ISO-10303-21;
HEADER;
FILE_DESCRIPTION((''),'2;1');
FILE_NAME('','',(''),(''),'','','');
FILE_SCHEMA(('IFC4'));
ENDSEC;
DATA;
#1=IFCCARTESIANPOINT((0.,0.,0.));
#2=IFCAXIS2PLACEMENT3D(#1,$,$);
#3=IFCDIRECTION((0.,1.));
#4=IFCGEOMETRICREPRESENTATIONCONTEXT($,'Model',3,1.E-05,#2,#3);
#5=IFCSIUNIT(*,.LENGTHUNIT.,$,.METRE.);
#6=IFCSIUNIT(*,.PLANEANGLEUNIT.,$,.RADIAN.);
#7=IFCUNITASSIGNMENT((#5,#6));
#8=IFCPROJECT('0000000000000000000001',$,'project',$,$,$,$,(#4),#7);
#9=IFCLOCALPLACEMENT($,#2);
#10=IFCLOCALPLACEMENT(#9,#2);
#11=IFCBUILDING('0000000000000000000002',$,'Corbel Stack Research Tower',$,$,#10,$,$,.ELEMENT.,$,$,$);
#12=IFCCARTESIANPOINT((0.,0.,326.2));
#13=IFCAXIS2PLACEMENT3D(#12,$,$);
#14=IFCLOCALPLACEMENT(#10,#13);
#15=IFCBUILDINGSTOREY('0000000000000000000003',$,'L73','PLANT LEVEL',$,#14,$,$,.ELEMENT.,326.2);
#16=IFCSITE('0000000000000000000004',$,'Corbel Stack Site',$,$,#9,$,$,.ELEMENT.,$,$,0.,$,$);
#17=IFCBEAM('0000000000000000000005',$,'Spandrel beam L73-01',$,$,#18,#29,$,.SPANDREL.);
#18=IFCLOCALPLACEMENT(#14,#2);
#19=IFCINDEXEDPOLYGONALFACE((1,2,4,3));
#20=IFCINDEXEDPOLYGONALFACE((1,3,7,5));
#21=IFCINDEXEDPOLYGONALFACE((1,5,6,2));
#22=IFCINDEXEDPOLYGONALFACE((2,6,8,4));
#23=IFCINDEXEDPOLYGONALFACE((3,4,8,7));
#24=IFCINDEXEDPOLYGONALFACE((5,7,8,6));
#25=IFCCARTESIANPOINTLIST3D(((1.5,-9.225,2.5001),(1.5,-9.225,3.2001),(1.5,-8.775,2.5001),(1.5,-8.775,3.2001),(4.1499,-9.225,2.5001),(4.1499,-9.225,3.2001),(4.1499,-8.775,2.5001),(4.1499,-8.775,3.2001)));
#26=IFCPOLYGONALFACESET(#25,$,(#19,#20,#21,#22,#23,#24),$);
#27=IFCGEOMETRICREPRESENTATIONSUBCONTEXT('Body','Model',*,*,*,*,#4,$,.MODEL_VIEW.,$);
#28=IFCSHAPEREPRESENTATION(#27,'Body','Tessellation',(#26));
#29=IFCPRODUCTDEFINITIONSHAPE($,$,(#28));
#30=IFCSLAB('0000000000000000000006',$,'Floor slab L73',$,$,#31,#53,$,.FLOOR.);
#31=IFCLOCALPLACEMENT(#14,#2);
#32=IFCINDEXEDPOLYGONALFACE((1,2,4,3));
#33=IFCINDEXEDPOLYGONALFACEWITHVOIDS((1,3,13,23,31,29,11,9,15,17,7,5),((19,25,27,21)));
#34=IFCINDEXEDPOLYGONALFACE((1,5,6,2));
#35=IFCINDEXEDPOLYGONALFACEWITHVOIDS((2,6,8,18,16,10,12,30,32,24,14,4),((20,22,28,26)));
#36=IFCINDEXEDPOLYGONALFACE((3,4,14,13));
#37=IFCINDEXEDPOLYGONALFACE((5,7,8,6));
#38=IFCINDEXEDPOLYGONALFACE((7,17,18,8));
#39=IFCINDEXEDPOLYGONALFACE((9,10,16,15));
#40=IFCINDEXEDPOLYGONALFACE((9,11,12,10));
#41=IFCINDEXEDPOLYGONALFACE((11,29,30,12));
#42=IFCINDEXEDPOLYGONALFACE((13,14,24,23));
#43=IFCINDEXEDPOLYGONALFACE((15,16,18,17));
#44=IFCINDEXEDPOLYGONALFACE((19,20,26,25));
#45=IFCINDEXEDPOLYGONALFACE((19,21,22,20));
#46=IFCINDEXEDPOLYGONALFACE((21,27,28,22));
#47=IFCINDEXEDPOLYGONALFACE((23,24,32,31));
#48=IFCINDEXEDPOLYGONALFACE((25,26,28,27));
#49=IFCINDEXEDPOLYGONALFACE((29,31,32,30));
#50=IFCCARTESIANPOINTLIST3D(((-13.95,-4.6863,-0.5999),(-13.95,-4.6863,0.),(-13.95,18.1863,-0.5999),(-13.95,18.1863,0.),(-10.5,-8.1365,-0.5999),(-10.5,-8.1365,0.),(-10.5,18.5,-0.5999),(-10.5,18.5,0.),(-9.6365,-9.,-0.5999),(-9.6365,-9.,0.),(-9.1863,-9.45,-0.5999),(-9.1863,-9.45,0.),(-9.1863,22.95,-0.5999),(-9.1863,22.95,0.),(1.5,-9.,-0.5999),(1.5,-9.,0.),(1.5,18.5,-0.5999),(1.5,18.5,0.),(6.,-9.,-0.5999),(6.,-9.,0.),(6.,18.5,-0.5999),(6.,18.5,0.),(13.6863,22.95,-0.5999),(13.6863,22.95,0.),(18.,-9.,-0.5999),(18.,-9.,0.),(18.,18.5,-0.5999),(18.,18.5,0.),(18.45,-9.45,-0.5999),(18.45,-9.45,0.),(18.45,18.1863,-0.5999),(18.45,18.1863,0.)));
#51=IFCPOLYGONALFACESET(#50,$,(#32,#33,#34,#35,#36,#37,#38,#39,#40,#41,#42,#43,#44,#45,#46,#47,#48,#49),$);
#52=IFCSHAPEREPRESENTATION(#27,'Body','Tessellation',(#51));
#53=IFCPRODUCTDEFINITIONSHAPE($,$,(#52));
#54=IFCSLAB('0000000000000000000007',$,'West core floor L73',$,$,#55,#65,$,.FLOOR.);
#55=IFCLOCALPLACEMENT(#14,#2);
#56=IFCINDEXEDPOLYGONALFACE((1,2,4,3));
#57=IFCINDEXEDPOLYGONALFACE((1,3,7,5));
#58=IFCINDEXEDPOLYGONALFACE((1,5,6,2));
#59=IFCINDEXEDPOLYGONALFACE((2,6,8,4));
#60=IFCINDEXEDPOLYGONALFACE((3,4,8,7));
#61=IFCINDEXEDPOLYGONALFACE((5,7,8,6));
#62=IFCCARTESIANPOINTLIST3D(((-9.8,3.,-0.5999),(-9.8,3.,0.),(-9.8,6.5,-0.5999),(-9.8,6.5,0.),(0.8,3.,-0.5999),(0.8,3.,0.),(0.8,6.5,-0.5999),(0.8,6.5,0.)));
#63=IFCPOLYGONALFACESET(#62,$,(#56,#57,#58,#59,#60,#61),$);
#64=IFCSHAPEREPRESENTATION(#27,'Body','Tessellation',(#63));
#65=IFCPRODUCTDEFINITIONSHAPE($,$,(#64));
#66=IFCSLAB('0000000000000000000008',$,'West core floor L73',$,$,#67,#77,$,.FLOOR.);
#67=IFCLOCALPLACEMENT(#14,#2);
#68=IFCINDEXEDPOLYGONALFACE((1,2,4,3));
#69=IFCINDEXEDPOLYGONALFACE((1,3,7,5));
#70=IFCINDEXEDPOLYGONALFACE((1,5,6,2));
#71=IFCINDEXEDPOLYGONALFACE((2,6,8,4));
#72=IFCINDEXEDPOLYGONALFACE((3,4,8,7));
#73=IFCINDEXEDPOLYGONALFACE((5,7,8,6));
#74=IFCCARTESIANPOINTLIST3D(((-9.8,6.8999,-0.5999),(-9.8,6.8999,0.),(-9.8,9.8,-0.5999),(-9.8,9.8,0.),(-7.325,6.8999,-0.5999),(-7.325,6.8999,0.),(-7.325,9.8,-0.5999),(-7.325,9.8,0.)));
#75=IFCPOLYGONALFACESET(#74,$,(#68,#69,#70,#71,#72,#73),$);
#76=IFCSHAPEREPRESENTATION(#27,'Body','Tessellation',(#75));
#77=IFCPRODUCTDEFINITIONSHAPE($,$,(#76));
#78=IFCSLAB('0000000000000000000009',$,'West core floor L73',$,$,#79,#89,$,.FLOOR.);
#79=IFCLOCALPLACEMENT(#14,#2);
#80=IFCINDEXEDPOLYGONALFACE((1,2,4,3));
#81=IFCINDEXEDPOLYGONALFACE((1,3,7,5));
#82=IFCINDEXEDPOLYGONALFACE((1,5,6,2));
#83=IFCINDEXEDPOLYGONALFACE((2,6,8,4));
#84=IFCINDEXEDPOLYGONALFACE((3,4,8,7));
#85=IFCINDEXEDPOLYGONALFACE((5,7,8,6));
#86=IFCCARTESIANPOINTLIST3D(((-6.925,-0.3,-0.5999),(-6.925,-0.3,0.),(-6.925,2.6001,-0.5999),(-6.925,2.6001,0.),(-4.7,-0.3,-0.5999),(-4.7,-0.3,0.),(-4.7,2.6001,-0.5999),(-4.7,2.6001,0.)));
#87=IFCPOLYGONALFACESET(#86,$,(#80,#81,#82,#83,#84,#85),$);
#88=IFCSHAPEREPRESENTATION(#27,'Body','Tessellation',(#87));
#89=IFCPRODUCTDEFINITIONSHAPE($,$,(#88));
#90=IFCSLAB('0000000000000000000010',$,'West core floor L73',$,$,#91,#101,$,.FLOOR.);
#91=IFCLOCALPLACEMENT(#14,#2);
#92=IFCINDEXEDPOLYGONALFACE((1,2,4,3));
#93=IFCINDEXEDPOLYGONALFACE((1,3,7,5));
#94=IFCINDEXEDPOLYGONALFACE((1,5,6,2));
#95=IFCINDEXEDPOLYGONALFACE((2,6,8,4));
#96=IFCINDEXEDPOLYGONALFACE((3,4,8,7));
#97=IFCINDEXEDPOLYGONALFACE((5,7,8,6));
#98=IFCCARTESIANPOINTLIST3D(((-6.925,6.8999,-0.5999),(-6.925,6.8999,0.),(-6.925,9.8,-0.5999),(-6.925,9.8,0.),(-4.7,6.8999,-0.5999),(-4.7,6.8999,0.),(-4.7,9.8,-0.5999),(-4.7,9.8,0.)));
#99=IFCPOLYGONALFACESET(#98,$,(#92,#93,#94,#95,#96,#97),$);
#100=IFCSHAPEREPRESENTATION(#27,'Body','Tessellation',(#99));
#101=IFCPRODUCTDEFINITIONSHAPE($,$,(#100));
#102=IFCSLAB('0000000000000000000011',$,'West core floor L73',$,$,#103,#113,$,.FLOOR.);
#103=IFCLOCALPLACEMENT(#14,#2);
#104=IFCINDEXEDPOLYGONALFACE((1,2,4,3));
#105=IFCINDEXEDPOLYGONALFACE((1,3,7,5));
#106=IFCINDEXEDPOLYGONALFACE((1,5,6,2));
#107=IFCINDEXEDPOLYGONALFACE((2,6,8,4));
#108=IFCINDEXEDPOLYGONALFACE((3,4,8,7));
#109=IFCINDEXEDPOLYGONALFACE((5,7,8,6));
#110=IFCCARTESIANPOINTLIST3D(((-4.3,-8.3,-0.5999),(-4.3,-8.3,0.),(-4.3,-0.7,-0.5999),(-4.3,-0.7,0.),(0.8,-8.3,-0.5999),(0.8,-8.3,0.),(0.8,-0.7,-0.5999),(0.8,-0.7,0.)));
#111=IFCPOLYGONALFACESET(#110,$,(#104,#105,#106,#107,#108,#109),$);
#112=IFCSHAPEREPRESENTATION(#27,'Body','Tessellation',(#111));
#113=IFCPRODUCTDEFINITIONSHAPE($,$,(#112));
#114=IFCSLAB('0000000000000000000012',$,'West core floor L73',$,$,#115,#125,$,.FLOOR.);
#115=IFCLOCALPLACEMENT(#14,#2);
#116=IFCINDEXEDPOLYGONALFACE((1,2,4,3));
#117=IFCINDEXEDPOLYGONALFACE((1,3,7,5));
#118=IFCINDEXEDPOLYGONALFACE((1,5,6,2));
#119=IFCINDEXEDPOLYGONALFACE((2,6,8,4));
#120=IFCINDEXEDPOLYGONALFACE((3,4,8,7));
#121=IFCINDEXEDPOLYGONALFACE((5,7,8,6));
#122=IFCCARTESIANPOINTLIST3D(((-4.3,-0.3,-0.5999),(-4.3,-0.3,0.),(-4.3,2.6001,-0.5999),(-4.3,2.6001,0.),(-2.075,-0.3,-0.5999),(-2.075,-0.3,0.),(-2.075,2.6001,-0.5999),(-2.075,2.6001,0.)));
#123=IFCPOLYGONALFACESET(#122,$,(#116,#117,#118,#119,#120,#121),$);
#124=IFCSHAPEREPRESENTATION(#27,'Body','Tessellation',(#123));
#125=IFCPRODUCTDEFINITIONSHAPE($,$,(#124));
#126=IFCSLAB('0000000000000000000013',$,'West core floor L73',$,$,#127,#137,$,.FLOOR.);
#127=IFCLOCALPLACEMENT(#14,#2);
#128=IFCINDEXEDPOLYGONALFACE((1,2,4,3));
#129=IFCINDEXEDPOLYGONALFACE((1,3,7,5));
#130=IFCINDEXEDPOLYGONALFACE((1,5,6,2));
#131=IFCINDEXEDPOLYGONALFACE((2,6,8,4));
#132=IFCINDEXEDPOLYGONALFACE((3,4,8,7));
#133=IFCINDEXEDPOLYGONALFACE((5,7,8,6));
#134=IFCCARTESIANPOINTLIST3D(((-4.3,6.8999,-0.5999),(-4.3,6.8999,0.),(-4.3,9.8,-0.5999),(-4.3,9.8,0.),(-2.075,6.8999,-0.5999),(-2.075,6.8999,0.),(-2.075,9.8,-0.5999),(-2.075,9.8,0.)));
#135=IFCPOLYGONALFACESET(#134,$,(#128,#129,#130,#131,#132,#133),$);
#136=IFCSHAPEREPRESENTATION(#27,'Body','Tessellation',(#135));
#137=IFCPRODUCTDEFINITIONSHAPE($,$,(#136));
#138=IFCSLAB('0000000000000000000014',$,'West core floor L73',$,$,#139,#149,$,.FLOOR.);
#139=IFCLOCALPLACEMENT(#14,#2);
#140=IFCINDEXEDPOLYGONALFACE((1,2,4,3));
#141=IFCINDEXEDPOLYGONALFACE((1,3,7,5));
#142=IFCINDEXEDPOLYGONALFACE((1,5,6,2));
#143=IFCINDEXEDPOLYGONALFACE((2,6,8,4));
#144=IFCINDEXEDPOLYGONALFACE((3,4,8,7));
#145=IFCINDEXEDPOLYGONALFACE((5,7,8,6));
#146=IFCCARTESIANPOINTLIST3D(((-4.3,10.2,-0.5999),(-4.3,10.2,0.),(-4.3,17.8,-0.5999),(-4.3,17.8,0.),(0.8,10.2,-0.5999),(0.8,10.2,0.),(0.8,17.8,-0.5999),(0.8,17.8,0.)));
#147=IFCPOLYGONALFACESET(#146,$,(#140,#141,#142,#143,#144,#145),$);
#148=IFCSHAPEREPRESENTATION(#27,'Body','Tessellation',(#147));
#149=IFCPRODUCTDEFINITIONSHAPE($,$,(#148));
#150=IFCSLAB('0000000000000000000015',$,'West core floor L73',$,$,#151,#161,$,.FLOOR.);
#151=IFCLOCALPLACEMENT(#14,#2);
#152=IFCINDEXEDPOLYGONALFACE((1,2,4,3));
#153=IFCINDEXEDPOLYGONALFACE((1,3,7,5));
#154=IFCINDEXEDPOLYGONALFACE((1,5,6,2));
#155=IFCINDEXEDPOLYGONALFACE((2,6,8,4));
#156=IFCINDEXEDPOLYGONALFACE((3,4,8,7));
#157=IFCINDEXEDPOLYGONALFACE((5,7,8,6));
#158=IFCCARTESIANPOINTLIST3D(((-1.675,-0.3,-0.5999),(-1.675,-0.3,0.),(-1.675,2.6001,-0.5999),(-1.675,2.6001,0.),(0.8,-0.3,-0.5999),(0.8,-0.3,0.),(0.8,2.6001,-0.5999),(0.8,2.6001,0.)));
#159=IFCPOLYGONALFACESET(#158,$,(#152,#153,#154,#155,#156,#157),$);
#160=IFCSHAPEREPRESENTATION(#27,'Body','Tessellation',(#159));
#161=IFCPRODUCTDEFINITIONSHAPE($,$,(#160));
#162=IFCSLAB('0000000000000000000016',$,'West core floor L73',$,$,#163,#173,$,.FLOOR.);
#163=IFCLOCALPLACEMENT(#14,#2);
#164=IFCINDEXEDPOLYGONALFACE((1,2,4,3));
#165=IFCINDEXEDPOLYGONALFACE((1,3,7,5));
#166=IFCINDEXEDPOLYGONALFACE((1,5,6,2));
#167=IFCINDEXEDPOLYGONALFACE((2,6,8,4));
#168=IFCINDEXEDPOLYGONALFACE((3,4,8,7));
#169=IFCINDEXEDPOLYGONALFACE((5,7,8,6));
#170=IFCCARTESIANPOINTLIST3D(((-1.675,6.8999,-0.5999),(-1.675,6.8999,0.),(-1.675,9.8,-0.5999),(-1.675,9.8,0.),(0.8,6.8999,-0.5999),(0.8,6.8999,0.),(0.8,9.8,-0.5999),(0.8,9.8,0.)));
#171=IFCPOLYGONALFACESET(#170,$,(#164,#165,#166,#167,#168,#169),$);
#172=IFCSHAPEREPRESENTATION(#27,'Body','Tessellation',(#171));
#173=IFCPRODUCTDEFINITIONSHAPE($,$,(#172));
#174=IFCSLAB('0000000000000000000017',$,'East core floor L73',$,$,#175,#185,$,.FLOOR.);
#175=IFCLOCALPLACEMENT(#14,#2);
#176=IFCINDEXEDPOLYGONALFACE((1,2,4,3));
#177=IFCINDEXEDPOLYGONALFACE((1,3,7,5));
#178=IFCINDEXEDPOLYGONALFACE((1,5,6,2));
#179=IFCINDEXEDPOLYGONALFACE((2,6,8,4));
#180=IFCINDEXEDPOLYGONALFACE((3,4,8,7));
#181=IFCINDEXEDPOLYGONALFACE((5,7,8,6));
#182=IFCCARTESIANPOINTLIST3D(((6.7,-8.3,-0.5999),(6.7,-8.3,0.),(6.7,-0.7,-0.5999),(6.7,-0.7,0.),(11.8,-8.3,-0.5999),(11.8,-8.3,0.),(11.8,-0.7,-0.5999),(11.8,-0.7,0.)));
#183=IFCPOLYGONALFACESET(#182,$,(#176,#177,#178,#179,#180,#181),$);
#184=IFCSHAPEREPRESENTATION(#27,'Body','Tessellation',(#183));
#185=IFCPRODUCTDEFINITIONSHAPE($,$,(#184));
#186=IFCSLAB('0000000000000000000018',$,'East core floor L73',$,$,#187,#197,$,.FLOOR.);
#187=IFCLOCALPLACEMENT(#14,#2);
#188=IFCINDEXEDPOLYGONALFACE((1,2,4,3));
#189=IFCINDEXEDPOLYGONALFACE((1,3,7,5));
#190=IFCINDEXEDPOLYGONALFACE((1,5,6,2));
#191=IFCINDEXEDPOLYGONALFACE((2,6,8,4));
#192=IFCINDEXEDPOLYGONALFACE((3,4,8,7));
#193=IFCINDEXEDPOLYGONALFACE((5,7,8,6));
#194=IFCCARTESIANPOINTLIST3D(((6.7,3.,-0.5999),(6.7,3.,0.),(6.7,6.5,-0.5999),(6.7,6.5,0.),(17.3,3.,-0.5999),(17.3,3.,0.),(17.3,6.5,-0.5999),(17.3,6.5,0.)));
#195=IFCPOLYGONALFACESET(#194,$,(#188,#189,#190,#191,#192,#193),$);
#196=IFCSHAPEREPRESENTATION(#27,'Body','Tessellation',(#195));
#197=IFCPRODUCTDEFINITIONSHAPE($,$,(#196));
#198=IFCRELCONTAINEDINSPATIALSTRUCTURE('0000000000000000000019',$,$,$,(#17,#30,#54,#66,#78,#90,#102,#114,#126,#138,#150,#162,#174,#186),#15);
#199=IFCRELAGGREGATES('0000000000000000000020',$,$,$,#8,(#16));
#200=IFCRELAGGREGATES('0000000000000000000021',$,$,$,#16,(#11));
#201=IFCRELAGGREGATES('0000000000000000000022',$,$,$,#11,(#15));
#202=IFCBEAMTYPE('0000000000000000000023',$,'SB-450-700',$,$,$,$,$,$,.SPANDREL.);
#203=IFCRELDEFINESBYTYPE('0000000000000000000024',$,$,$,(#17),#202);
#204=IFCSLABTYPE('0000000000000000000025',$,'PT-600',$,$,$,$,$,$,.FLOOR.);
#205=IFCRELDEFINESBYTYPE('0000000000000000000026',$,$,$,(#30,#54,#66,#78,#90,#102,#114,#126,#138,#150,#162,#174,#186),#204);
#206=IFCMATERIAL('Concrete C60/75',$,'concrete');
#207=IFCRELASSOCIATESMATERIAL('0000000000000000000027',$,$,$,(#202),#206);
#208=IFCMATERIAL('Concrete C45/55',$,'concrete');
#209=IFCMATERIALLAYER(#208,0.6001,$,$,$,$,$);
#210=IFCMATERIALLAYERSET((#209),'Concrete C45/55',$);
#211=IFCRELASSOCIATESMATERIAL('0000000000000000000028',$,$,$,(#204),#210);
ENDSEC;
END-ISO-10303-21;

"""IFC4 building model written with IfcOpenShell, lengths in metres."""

from ifc_helpers import new_model, si_unit, direction, frame, origin, origin_2d, place, context, subcontext, project, spatial, polyline, rectangle, outline, extrude, material, layer, layer_set, material_profile, profile_set, type_object, element, save


model = new_model("IFC4")

# Units and contexts
model_context = context("Model", 3, precision=1e-05, world=origin(), true_north=direction((0.0, 1.0)))
body_context = subcontext(model_context, "Body", "Model", "MODEL_VIEW")
ifc_project = project(units=[si_unit("LENGTHUNIT", "METRE"), si_unit("PLANEANGLEUNIT", "RADIAN")], contexts=[model_context])

# Site, building, storey
site_placement = place(None, origin())
site = spatial("IfcSite", under=ifc_project, at=site_placement, Name="Corbel Stack Site", CompositionType="ELEMENT", RefElevation=0.0)
building_placement = place(site_placement, origin())
building = spatial("IfcBuilding", under=site, at=building_placement, Name="Corbel Stack Research Tower", CompositionType="ELEMENT")
storey_placement = place(building_placement, frame((0.0, 0.0, 326.2)))
storey = spatial("IfcBuildingStorey", under=building, at=storey_placement, Name="L73", Description="PLANT LEVEL", CompositionType="ELEMENT", Elevation=326.2)

# Beam
ifc_material_1 = material(Name="Concrete C60/75", Category="concrete")
ifc_material_profile = material_profile(ifc_material_1, rectangle(XDim=0.45, YDim=0.7, at=origin_2d()), Name="RC 450 x 700")
ifc_profile_set = profile_set([ifc_material_profile], Name="Concrete C60/75")
beam_type = type_object("IfcBeamType", Name="SB-450-700", PredefinedType="SPANDREL", material=ifc_profile_set)
beam_placement = place(storey_placement, frame((1.5, -9.0, 2.8501), z_axis=(1.0, 0.0, 0.0), x_axis=(0.0, 1.0, 0.0)))
element("IfcBeam", 1, at=beam_placement, inside=storey, type_object=beam_type, Name="Spandrel beam L73-01", PredefinedType="SPANDREL", context=body_context, shape_type="SweptSolid", body=[
    extrude(rectangle(XDim=0.45, YDim=0.7, at=origin_2d()), origin(), (0.0, 0.0, 1.0), 2.6499),
])

# Slabs
ifc_material_2 = material(Name="Concrete C45/55", Category="concrete")
ifc_layer_1 = layer(ifc_material_2, 0.6001)
ifc_layer_set_1 = layer_set([ifc_layer_1], Name="Concrete C45/55")
slab_type_1 = type_object("IfcSlabType", Name="PT-600", PredefinedType="FLOOR", material=ifc_layer_set_1)
slab_1_placement = place(storey_placement, frame((0.0, 0.0, -0.5999)))
element("IfcSlab", 2, at=slab_1_placement, inside=storey, type_object=slab_type_1, Name="Floor slab L73", PredefinedType="FLOOR", context=body_context, shape_type="SweptSolid", body=[
    extrude(outline(polyline([(-10.5, -8.1365), (-10.5, 18.5), (1.5, 18.5), (1.5, -9.0), (-9.6365, -9.0), (-9.1863, -9.45), (18.45, -9.45), (18.45, 18.1863), (13.6863, 22.95), (-9.1863, 22.95), (-13.95, 18.1863), (-13.95, -4.6863), (-10.5, -8.1365)]), holes=[polyline([(6.0, -9.0), (6.0, 18.5), (18.0, 18.5), (18.0, -9.0), (6.0, -9.0)])]), origin(), (0.0, 0.0, 1.0), 0.5999),
])
slab_2_placement = place(storey_placement, frame((0.0, 0.0, -0.5999)))
element("IfcSlab", 3, at=slab_2_placement, inside=storey, type_object=slab_type_1, Name="West core floor L73", PredefinedType="FLOOR", context=body_context, shape_type="SweptSolid", body=[
    extrude(outline(polyline([(-9.8, 6.5), (-9.8, 3.0), (0.8, 3.0), (0.8, 6.5), (-9.8, 6.5)])), origin(), (0.0, 0.0, 1.0), 0.5999),
])
slab_3_placement = place(storey_placement, frame((0.0, 0.0, -0.5999)))
element("IfcSlab", 4, at=slab_3_placement, inside=storey, type_object=slab_type_1, Name="West core floor L73", PredefinedType="FLOOR", context=body_context, shape_type="SweptSolid", body=[
    extrude(outline(polyline([(-9.8, 6.8999), (-7.325, 6.8999), (-7.325, 9.8), (-9.8, 9.8), (-9.8, 6.8999)])), origin(), (0.0, 0.0, 1.0), 0.5999),
])
slab_4_placement = place(storey_placement, frame((0.0, 0.0, -0.5999)))
element("IfcSlab", 5, at=slab_4_placement, inside=storey, type_object=slab_type_1, Name="West core floor L73", PredefinedType="FLOOR", context=body_context, shape_type="SweptSolid", body=[
    extrude(outline(polyline([(-6.925, 2.6001), (-6.925, -0.3), (-4.7, -0.3), (-4.7, 2.6001), (-6.925, 2.6001)])), origin(), (0.0, 0.0, 1.0), 0.5999),
])
slab_5_placement = place(storey_placement, frame((0.0, 0.0, -0.5999)))
element("IfcSlab", 6, at=slab_5_placement, inside=storey, type_object=slab_type_1, Name="West core floor L73", PredefinedType="FLOOR", context=body_context, shape_type="SweptSolid", body=[
    extrude(outline(polyline([(-6.925, 6.8999), (-4.7, 6.8999), (-4.7, 9.8), (-6.925, 9.8), (-6.925, 6.8999)])), origin(), (0.0, 0.0, 1.0), 0.5999),
])
slab_6_placement = place(storey_placement, frame((0.0, 0.0, -0.5999)))
element("IfcSlab", 7, at=slab_6_placement, inside=storey, type_object=slab_type_1, Name="West core floor L73", PredefinedType="FLOOR", context=body_context, shape_type="SweptSolid", body=[
    extrude(outline(polyline([(-4.3, -0.7), (-4.3, -8.3), (0.8, -8.3), (0.8, -0.7), (-4.3, -0.7)])), origin(), (0.0, 0.0, 1.0), 0.5999),
])
slab_7_placement = place(storey_placement, frame((0.0, 0.0, -0.5999)))
element("IfcSlab", 8, at=slab_7_placement, inside=storey, type_object=slab_type_1, Name="West core floor L73", PredefinedType="FLOOR", context=body_context, shape_type="SweptSolid", body=[
    extrude(outline(polyline([(-4.3, 2.6001), (-4.3, -0.3), (-2.075, -0.3), (-2.075, 2.6001), (-4.3, 2.6001)])), origin(), (0.0, 0.0, 1.0), 0.5999),
])
slab_8_placement = place(storey_placement, frame((0.0, 0.0, -0.5999)))
element("IfcSlab", 9, at=slab_8_placement, inside=storey, type_object=slab_type_1, Name="West core floor L73", PredefinedType="FLOOR", context=body_context, shape_type="SweptSolid", body=[
    extrude(outline(polyline([(-2.075, 6.8999), (-2.075, 9.8), (-4.3, 9.8), (-4.3, 6.8999), (-2.075, 6.8999)])), origin(), (0.0, 0.0, 1.0), 0.5999),
])
slab_9_placement = place(storey_placement, frame((0.0, 0.0, -0.5999)))
element("IfcSlab", 10, at=slab_9_placement, inside=storey, type_object=slab_type_1, Name="West core floor L73", PredefinedType="FLOOR", context=body_context, shape_type="SweptSolid", body=[
    extrude(outline(polyline([(-4.3, 17.8), (-4.3, 10.2), (0.8, 10.2), (0.8, 17.8), (-4.3, 17.8)])), origin(), (0.0, 0.0, 1.0), 0.5999),
])
slab_10_placement = place(storey_placement, frame((0.0, 0.0, -0.5999)))
element("IfcSlab", 11, at=slab_10_placement, inside=storey, type_object=slab_type_1, Name="West core floor L73", PredefinedType="FLOOR", context=body_context, shape_type="SweptSolid", body=[
    extrude(outline(polyline([(-1.675, 2.6001), (-1.675, -0.3), (0.8, -0.3), (0.8, 2.6001), (-1.675, 2.6001)])), origin(), (0.0, 0.0, 1.0), 0.5999),
])
slab_11_placement = place(storey_placement, frame((0.0, 0.0, -0.5999)))
element("IfcSlab", 12, at=slab_11_placement, inside=storey, type_object=slab_type_1, Name="West core floor L73", PredefinedType="FLOOR", context=body_context, shape_type="SweptSolid", body=[
    extrude(outline(polyline([(0.8, 6.8999), (0.8, 9.8), (-1.675, 9.8), (-1.675, 6.8999), (0.8, 6.8999)])), origin(), (0.0, 0.0, 1.0), 0.5999),
])
slab_12_placement = place(storey_placement, frame((0.0, 0.0, -0.5999)))
element("IfcSlab", 13, at=slab_12_placement, inside=storey, type_object=slab_type_1, Name="East core floor L73", PredefinedType="FLOOR", context=body_context, shape_type="SweptSolid", body=[
    extrude(outline(polyline([(6.7, -8.3), (11.8, -8.3), (11.8, -0.7), (6.7, -0.7), (6.7, -8.3)])), origin(), (0.0, 0.0, 1.0), 0.5999),
])
slab_13_placement = place(storey_placement, frame((0.0, 0.0, -0.5999)))
element("IfcSlab", 14, at=slab_13_placement, inside=storey, type_object=slab_type_1, Name="East core floor L73", PredefinedType="FLOOR", context=body_context, shape_type="SweptSolid", body=[
    extrude(outline(polyline([(6.7, 3.0), (17.3, 3.0), (17.3, 6.5), (6.7, 6.5), (6.7, 3.0)])), origin(), (0.0, 0.0, 1.0), 0.5999),
])

save(model, "model.ifc")
